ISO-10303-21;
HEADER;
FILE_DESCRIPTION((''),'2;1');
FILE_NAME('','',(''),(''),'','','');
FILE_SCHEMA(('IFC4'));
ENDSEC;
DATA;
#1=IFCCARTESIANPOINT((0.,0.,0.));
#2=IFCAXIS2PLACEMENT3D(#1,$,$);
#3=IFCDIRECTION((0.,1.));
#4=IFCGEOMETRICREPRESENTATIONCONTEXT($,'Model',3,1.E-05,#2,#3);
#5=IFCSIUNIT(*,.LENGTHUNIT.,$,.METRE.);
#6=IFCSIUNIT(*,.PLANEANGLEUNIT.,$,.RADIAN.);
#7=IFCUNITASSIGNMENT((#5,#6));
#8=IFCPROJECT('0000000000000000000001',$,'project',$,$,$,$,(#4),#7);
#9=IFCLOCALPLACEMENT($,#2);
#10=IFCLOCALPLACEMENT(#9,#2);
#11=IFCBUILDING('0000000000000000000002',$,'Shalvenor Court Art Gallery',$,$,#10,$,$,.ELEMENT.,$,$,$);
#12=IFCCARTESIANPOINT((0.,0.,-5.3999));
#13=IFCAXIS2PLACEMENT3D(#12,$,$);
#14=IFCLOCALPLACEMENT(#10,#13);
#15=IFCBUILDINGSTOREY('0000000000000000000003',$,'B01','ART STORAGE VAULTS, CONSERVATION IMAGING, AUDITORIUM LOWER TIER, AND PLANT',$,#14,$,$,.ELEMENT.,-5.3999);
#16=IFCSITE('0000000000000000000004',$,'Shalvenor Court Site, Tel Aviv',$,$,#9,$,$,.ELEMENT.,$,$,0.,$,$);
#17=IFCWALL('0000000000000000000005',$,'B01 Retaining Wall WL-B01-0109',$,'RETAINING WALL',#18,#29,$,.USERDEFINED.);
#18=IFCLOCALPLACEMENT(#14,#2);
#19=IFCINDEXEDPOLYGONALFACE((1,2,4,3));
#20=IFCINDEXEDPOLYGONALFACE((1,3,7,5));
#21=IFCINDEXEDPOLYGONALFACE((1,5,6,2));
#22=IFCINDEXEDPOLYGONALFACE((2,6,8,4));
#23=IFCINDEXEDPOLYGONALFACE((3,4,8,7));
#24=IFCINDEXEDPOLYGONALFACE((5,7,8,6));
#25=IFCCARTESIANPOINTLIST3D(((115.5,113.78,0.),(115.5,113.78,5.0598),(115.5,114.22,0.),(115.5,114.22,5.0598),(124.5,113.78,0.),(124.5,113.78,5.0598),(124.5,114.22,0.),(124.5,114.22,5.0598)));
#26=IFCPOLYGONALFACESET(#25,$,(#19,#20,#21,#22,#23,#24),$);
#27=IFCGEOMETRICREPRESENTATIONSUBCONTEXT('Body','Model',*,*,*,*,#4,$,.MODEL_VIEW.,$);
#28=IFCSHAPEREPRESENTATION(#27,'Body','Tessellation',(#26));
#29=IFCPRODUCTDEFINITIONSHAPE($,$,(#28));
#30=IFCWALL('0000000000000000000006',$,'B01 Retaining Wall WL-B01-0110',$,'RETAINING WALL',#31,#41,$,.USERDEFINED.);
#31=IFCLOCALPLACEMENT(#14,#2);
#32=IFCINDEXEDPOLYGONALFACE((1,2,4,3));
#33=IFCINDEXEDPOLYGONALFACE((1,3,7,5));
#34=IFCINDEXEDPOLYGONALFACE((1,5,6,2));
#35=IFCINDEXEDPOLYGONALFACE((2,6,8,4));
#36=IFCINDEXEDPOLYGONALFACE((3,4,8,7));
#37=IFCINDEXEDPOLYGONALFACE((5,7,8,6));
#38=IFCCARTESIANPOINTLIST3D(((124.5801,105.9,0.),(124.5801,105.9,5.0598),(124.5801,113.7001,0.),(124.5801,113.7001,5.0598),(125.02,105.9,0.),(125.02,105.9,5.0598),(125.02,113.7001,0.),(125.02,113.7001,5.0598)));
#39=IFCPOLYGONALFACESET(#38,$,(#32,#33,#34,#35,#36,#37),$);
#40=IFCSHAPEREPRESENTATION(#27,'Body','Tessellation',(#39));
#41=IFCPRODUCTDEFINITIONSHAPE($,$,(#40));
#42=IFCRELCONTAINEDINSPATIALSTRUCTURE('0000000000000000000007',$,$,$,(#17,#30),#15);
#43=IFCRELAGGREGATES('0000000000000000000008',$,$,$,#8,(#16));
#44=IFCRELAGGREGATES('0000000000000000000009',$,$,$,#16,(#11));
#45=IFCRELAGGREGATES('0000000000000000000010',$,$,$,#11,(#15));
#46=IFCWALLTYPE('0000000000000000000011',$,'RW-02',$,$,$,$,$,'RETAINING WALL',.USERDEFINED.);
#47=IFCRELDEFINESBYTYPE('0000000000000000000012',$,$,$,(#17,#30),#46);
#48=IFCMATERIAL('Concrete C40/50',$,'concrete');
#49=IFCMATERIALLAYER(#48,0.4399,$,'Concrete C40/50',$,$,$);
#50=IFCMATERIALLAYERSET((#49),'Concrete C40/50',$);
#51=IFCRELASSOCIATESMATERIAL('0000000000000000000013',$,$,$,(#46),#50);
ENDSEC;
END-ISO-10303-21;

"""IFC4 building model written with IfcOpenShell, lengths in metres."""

from ifc_helpers import new_model, si_unit, direction, frame, frame_2d, origin, place, context, subcontext, project, spatial, rectangle, extrude, material, layer, layer_set, type_object, element, save


model = new_model("IFC4")

# Units and contexts
model_context = context("Model", 3, precision=1e-05, world=origin(), true_north=direction((0.0, 1.0)))
body_context = subcontext(model_context, "Body", "Model", "MODEL_VIEW")
ifc_project = project(units=[si_unit("LENGTHUNIT", "METRE"), si_unit("PLANEANGLEUNIT", "RADIAN")], contexts=[model_context])

# Site, building, storey
site_placement = place(None, origin())
site = spatial("IfcSite", under=ifc_project, at=site_placement, Name="Shalvenor Court Site, Tel Aviv", CompositionType="ELEMENT", RefElevation=0.0)
building_placement = place(site_placement, origin())
building = spatial("IfcBuilding", under=site, at=building_placement, Name="Shalvenor Court Art Gallery", CompositionType="ELEMENT")
storey_placement = place(building_placement, frame((0.0, 0.0, -5.3999)))
storey = spatial("IfcBuildingStorey", under=building, at=storey_placement, Name="B01", Description="ART STORAGE VAULTS, CONSERVATION IMAGING, AUDITORIUM LOWER TIER, AND PLANT", CompositionType="ELEMENT", Elevation=-5.3999)

# Walls
ifc_material_1 = material(Name="Concrete C40/50", Category="concrete")
ifc_layer = layer(ifc_material_1, 0.4399, Name="Concrete C40/50")
ifc_layer_set = layer_set([ifc_layer], Name="Concrete C40/50")
wall_type = type_object("IfcWallType", Name="RW-02", ElementType="RETAINING WALL", PredefinedType="USERDEFINED", material=ifc_layer_set)
wall_1_placement = place(storey_placement, frame((115.5, 114.0, 0.0), z_axis=(0.0, 0.0, 1.0), x_axis=(1.0, 0.0, 0.0)))
element("IfcWall", 1, at=wall_1_placement, inside=storey, type_object=wall_type, Name="B01 Retaining Wall WL-B01-0109", ObjectType="RETAINING WALL", PredefinedType="USERDEFINED", context=body_context, shape_type="SweptSolid", body=[
    extrude(rectangle(XDim=9.0, YDim=0.4399, at=frame_2d((4.5, 0.0))), origin(), (0.0, 0.0, 1.0), 5.0598),
])
wall_2_placement = place(storey_placement, frame((124.8, 113.7, 0.0), z_axis=(0.0, 0.0, 1.0), x_axis=(0.0, -1.0, 0.0)))
element("IfcWall", 2, at=wall_2_placement, inside=storey, type_object=wall_type, Name="B01 Retaining Wall WL-B01-0110", ObjectType="RETAINING WALL", PredefinedType="USERDEFINED", context=body_context, shape_type="SweptSolid", body=[
    extrude(rectangle(XDim=7.8, YDim=0.4399, at=frame_2d((3.8999, 0.0))), origin(), (0.0, 0.0, 1.0), 5.0598),
])

save(model, "model.ifc")
